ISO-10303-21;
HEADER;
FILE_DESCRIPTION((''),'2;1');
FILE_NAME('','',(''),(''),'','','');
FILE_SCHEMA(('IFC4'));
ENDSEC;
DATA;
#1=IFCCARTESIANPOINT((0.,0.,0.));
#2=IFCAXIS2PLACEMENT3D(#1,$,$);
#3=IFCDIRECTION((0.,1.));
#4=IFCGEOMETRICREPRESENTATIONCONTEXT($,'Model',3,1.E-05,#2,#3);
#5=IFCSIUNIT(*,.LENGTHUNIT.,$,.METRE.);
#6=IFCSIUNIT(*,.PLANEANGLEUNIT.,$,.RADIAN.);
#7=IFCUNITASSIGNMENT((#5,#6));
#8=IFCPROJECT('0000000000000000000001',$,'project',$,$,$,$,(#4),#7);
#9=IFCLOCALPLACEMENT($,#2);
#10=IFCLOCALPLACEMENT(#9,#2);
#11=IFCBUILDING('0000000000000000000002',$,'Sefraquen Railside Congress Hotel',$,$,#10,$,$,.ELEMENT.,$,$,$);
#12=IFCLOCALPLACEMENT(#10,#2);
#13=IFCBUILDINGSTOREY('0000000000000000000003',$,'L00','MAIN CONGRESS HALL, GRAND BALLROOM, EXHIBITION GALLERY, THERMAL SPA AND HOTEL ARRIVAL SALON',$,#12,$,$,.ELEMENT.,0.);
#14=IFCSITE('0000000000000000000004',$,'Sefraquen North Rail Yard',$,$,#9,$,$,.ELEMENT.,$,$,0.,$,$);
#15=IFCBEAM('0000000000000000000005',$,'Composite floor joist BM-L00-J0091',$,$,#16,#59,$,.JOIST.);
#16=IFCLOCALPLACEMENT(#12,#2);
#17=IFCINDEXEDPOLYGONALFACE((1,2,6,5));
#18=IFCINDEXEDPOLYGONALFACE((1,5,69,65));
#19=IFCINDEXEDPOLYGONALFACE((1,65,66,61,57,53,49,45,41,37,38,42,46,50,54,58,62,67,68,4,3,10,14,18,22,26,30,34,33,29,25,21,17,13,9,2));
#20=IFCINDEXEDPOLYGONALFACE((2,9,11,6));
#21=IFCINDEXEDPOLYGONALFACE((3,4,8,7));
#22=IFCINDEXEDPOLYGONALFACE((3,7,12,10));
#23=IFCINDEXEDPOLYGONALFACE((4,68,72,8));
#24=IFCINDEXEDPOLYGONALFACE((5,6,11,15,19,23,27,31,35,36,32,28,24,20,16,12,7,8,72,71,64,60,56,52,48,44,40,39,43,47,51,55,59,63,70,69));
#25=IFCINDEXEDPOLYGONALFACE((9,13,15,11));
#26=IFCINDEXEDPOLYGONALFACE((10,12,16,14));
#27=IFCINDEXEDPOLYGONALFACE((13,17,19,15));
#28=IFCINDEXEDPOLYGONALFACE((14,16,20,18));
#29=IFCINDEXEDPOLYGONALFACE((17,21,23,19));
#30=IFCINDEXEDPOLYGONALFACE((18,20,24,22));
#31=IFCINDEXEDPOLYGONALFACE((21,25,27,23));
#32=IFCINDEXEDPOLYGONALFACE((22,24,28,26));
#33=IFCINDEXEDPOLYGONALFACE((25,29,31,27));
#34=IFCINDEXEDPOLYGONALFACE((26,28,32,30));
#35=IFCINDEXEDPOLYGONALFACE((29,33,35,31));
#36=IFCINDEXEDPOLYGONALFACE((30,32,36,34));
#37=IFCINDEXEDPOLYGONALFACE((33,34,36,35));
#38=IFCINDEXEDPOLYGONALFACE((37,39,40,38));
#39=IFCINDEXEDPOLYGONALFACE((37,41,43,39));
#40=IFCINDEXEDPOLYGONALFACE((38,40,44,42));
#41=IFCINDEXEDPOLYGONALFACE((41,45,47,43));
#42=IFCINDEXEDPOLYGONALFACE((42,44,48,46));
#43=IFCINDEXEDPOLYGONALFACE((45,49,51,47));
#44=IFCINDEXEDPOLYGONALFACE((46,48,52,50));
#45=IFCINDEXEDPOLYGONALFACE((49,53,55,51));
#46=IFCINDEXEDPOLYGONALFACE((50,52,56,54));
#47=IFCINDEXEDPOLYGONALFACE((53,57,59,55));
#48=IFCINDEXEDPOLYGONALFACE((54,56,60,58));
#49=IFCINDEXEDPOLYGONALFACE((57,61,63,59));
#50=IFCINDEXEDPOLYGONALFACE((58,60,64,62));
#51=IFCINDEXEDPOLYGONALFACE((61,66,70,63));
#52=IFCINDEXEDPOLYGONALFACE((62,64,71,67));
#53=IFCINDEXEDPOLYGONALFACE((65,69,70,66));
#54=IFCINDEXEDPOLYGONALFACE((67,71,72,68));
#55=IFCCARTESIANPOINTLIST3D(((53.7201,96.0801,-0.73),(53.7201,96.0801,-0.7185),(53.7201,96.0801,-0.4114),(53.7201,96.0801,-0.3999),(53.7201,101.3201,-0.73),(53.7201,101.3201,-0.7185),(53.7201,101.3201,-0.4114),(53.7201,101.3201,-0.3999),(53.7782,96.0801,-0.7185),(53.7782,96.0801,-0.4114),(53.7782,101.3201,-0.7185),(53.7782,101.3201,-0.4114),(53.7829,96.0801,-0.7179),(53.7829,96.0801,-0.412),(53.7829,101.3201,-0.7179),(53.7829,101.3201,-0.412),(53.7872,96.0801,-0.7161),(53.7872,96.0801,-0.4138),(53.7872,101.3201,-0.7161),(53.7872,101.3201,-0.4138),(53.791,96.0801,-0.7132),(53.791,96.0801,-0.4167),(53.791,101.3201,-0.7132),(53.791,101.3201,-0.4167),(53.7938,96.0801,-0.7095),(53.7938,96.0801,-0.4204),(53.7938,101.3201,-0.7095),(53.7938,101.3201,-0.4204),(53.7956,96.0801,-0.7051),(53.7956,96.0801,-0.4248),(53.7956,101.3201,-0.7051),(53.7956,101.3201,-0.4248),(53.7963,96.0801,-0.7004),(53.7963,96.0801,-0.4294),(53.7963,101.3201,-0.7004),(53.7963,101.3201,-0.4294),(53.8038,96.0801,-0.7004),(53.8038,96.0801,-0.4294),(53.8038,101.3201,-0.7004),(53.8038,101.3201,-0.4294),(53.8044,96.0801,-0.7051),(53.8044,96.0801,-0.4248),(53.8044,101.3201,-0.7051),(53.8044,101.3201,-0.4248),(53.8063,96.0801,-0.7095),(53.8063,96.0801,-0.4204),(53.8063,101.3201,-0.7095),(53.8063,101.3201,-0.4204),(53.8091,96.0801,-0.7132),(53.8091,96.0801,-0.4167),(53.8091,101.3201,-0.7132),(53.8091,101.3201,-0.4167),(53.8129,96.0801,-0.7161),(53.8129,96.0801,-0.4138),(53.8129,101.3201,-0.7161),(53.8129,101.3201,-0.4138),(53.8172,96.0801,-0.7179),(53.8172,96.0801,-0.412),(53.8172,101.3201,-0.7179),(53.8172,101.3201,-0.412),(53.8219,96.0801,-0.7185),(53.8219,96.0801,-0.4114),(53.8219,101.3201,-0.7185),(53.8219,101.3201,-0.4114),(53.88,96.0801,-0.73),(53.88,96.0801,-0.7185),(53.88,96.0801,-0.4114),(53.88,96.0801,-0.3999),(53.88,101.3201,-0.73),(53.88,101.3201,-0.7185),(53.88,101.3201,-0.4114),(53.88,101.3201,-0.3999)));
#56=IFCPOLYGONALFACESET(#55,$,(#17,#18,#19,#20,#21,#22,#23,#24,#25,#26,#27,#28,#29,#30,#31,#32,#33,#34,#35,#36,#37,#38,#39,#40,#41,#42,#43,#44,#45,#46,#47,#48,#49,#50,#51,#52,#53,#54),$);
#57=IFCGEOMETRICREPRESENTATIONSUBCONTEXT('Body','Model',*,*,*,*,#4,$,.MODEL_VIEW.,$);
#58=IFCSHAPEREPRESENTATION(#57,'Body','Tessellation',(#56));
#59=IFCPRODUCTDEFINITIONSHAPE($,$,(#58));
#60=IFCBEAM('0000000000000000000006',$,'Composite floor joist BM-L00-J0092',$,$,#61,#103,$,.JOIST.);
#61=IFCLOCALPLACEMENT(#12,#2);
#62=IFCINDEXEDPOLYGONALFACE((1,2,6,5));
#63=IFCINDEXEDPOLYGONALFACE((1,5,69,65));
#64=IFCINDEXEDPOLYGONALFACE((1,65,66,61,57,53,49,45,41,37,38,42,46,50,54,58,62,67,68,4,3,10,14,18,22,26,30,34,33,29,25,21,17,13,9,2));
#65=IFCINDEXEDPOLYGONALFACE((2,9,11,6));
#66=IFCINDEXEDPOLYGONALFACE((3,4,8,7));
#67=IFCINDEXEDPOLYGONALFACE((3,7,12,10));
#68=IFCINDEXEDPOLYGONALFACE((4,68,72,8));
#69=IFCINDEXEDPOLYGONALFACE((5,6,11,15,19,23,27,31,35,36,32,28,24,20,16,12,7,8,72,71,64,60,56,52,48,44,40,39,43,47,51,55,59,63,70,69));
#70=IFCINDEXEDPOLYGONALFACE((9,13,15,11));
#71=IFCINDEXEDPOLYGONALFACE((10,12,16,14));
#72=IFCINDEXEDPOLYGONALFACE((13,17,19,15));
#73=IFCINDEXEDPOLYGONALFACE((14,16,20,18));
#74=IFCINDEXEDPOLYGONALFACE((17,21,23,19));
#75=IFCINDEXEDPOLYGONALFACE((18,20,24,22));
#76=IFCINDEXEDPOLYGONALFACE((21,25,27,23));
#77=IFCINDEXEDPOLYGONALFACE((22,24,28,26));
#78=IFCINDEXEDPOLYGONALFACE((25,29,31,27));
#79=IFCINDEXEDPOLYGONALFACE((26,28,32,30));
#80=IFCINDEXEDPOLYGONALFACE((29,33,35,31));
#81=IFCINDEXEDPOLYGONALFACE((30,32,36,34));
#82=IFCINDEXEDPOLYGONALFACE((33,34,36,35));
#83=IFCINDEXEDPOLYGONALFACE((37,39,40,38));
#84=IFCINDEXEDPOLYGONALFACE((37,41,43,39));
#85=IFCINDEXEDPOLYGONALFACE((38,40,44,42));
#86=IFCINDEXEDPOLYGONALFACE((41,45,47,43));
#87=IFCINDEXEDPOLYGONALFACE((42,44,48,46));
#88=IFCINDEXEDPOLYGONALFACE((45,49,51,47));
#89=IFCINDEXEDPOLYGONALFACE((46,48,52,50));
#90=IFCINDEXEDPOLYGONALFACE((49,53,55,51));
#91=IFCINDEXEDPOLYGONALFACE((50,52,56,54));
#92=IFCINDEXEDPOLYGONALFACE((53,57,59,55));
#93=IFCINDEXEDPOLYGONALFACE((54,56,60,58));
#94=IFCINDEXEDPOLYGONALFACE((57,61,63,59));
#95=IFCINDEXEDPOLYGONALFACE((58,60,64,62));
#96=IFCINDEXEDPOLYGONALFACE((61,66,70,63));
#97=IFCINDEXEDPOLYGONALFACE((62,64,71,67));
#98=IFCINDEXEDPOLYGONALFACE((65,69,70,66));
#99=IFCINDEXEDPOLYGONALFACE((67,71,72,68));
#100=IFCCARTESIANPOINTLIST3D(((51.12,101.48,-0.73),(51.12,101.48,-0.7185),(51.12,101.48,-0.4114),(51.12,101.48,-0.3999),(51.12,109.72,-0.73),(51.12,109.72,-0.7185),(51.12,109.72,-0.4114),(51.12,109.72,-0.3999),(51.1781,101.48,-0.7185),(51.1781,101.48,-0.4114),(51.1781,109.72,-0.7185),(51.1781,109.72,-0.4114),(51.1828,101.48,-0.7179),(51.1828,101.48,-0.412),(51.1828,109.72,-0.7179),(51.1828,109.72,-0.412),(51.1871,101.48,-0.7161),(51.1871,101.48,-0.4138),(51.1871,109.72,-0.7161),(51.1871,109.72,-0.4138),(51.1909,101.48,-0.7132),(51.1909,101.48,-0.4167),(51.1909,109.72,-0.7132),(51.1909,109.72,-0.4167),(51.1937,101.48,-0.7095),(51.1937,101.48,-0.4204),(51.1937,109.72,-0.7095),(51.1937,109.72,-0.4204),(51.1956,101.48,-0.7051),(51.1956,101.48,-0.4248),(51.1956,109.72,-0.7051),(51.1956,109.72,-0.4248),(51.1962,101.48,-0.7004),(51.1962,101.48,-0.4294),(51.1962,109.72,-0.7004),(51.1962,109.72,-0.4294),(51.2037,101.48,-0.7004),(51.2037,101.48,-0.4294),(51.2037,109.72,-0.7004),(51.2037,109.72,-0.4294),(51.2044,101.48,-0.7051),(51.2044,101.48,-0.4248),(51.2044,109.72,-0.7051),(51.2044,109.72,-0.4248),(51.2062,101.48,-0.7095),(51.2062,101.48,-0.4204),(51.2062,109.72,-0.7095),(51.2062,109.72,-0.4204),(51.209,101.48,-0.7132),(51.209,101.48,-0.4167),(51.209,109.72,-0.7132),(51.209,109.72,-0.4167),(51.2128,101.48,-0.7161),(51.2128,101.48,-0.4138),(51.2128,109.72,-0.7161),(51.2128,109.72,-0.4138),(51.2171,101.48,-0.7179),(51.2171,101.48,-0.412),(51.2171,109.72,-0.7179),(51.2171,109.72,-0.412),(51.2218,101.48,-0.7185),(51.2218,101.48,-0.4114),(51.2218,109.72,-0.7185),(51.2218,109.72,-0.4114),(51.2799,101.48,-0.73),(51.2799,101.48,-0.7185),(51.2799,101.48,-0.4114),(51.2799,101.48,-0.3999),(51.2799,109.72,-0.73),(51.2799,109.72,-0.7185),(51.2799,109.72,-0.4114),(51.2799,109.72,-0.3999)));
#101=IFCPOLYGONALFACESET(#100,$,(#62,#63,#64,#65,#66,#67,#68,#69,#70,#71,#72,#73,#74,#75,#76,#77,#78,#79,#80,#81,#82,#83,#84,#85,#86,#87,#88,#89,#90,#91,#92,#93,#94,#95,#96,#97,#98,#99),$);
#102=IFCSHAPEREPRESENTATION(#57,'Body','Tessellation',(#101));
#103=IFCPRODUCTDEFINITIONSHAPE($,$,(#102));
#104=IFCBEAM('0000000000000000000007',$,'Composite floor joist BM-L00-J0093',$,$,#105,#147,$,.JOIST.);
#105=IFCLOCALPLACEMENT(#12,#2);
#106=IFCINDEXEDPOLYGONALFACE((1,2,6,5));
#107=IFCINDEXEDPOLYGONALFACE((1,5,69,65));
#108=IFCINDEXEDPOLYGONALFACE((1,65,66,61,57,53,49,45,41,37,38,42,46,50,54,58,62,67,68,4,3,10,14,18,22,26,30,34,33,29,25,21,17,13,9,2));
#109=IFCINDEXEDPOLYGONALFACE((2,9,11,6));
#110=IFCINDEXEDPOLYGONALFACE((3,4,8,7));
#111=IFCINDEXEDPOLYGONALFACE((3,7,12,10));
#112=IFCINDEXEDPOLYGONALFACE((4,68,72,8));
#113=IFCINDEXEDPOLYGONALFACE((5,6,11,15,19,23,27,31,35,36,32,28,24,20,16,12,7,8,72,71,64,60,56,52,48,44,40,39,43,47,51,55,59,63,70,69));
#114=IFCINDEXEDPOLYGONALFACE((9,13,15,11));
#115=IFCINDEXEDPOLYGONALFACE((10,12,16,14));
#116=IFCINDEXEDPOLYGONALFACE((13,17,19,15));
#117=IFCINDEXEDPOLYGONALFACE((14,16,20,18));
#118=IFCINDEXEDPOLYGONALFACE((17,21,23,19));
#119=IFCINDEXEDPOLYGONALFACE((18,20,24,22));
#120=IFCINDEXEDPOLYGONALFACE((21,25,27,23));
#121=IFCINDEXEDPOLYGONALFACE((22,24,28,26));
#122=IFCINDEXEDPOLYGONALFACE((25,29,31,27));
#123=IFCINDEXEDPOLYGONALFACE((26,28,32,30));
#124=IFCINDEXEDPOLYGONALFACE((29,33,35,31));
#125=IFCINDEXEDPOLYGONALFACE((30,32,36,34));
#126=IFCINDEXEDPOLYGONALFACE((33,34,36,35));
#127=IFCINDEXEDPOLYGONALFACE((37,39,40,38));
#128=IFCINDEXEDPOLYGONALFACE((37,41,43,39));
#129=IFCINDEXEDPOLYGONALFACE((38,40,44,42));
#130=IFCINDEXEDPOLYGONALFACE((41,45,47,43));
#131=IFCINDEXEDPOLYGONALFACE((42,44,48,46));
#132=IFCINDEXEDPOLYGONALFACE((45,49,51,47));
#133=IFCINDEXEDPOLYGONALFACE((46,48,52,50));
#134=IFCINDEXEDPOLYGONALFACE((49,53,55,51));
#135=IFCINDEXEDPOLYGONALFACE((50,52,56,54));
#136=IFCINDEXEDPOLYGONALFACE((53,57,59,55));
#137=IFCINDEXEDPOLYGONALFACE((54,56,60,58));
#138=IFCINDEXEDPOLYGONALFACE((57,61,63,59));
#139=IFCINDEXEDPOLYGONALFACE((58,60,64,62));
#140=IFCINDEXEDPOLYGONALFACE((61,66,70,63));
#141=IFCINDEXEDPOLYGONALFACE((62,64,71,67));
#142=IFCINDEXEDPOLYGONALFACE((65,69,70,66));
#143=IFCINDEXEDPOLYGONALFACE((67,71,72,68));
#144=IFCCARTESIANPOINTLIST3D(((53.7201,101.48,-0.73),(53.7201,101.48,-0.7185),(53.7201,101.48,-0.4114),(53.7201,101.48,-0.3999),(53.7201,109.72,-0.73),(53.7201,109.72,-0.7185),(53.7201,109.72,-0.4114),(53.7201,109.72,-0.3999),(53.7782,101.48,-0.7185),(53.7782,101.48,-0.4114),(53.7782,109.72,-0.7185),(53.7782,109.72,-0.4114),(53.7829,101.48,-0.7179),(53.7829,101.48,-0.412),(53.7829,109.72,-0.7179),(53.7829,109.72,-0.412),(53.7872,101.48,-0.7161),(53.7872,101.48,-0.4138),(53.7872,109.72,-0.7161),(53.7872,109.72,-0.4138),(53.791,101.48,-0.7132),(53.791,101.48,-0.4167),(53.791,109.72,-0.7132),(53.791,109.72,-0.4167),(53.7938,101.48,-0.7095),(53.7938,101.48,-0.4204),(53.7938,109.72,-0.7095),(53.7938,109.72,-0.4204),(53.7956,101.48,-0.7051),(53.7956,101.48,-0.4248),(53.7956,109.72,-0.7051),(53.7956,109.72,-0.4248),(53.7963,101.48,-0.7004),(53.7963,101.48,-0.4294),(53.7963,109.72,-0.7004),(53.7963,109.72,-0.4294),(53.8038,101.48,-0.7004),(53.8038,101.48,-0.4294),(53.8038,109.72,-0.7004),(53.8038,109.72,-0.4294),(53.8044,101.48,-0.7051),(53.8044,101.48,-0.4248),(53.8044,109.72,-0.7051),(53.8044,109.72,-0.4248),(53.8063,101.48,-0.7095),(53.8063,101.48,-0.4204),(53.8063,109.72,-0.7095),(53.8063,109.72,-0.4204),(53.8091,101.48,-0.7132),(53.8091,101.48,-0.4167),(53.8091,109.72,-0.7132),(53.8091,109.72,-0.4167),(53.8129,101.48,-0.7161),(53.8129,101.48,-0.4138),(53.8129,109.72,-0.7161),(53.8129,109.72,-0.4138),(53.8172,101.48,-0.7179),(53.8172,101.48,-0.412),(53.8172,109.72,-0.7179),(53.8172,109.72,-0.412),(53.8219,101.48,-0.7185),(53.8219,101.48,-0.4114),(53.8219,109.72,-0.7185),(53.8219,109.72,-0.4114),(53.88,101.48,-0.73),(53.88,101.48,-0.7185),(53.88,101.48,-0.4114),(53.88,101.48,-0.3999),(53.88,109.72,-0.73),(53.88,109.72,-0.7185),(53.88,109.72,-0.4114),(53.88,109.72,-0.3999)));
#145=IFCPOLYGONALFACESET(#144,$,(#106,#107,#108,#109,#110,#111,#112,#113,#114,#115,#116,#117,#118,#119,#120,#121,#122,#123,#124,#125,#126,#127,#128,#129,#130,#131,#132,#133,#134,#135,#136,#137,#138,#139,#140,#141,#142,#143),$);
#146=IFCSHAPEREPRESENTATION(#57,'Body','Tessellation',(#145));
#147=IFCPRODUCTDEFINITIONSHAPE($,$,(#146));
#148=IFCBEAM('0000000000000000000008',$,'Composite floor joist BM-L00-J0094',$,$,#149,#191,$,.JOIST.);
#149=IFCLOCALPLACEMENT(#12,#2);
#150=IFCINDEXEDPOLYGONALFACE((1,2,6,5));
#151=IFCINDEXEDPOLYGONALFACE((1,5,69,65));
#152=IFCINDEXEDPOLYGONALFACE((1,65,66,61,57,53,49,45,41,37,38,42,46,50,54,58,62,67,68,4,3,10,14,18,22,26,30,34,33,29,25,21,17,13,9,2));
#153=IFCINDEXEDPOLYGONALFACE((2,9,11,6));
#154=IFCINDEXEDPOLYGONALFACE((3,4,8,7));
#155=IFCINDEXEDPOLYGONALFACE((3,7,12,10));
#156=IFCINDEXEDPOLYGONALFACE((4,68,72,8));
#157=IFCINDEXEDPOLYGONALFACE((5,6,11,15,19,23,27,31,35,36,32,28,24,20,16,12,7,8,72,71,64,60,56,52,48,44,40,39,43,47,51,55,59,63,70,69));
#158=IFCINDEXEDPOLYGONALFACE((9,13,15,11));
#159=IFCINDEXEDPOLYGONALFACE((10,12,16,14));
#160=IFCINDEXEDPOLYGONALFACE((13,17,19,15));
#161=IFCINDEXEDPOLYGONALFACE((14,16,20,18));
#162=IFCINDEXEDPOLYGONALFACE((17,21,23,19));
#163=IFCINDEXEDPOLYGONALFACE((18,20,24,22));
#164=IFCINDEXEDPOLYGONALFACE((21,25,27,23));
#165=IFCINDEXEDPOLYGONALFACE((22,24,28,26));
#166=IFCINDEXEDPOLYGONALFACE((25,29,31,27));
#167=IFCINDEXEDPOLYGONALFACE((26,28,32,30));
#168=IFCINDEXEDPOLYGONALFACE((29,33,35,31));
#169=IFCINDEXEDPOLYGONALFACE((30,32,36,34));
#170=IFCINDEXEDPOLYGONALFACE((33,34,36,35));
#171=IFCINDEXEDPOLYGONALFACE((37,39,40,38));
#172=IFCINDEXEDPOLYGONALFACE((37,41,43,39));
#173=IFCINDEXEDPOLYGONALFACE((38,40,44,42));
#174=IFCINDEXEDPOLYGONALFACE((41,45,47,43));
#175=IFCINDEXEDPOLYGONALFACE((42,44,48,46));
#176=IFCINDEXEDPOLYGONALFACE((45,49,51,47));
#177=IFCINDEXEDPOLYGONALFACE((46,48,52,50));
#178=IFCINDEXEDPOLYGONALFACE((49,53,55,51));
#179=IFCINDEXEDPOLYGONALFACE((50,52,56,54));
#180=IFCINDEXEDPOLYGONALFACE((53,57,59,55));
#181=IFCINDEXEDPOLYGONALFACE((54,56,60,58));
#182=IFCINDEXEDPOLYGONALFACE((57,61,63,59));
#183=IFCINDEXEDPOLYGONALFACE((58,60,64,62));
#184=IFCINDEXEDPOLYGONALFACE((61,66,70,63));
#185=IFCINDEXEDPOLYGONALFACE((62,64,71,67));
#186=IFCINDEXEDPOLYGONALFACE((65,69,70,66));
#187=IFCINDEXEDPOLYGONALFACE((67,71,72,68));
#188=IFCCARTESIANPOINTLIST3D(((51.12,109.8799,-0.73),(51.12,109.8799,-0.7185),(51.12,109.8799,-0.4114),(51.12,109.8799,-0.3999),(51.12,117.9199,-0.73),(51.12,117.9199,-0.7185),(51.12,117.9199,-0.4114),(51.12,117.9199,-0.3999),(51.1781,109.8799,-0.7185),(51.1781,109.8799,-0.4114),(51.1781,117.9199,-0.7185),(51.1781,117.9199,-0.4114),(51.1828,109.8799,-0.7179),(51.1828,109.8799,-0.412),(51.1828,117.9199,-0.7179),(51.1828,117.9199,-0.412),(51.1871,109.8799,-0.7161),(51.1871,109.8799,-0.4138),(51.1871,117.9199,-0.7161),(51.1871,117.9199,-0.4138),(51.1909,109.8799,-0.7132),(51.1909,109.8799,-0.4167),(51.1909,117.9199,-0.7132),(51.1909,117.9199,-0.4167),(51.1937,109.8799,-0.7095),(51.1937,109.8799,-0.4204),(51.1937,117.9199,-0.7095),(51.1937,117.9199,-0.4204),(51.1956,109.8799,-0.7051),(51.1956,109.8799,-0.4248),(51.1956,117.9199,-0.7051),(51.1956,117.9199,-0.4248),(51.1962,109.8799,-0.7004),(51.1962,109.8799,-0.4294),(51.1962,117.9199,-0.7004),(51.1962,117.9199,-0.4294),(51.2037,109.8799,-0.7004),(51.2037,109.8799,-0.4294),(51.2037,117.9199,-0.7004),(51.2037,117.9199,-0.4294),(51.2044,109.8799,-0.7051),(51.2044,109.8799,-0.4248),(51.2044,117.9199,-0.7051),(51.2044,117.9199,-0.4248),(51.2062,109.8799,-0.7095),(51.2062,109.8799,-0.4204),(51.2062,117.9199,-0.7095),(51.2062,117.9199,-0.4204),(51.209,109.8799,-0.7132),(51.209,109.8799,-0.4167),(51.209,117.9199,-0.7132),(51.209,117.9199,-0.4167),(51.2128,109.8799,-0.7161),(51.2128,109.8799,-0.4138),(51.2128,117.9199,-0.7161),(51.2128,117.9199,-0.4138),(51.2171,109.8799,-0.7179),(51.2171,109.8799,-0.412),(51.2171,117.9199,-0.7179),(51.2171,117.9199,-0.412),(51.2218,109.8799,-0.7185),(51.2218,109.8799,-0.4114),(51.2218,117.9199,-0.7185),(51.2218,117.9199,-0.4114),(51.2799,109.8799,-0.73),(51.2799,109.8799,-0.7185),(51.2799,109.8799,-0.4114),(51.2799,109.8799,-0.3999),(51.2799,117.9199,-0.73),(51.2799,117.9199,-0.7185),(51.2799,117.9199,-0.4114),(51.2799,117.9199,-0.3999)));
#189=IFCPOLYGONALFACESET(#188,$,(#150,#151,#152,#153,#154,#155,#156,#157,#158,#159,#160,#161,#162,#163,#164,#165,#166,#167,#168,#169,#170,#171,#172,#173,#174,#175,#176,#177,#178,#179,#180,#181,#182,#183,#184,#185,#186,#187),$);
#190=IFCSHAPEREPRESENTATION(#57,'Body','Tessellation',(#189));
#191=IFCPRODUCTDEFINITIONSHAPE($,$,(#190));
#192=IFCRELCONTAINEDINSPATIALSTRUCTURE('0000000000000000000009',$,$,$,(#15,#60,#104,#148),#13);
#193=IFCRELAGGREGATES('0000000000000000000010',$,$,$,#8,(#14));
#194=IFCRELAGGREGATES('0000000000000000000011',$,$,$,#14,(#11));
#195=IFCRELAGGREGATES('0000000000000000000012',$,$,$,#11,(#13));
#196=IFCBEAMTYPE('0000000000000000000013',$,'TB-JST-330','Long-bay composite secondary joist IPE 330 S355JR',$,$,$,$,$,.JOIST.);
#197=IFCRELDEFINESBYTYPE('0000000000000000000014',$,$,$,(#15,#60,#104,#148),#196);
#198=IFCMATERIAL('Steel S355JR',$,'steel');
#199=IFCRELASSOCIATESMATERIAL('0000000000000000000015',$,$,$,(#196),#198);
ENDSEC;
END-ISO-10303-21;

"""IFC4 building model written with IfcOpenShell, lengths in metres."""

from ifc_helpers import new_model, si_unit, direction, frame, origin, origin_2d, place, context, subcontext, project, spatial, i_section, extrude, material, material_profile, profile_set, type_object, element, save


model = new_model("IFC4")

# Units and contexts
model_context = context("Model", 3, precision=1e-05, world=origin(), true_north=direction((0.0, 1.0)))
body_context = subcontext(model_context, "Body", "Model", "MODEL_VIEW")
ifc_project = project(units=[si_unit("LENGTHUNIT", "METRE"), si_unit("PLANEANGLEUNIT", "RADIAN")], contexts=[model_context])

# Site, building, storey
site_placement = place(None, origin())
site = spatial("IfcSite", under=ifc_project, at=site_placement, Name="Sefraquen North Rail Yard", CompositionType="ELEMENT", RefElevation=0.0)
building_placement = place(site_placement, origin())
building = spatial("IfcBuilding", under=site, at=building_placement, Name="Sefraquen Railside Congress Hotel", CompositionType="ELEMENT")
storey_placement = place(building_placement, origin())
storey = spatial("IfcBuildingStorey", under=building, at=storey_placement, Name="L00", Description="MAIN CONGRESS HALL, GRAND BALLROOM, EXHIBITION GALLERY, THERMAL SPA AND HOTEL ARRIVAL SALON", CompositionType="ELEMENT", Elevation=0.0)

# Shared definitions
ifc_material_1 = material(Name="Steel S355JR", Category="steel")

# Beams
ifc_material_profile_1 = material_profile(ifc_material_1, i_section(OverallWidth=0.1599, OverallDepth=0.3301, WebThickness=0.0076, FlangeThickness=0.0115, FilletRadius=0.0181, at=origin_2d()), Name="IPE 330")
ifc_profile_set_1 = profile_set([ifc_material_profile_1], Name="Steel S355JR")
beam_type_1 = type_object("IfcBeamType", Name="TB-JST-330", Description="Long-bay composite secondary joist IPE 330 S355JR", PredefinedType="JOIST", material=ifc_profile_set_1)
for number, where, z_axis, x_axis, name in (
    (1, (53.8, 96.0801, -0.5649), (0.0, 1.0, 0.0), (-1.0, 0.0, 0.0), "Composite floor joist BM-L00-J0091"),
):
    element("IfcBeam", number, at=place(storey_placement, frame(where, z_axis=z_axis, x_axis=x_axis)), inside=storey, type_object=beam_type_1, Name=name, PredefinedType="JOIST", context=body_context, shape_type="SweptSolid", body=[
        extrude(i_section(OverallWidth=0.1599, OverallDepth=0.3301, WebThickness=0.0076, FlangeThickness=0.0115, FilletRadius=0.0181, at=origin_2d()), origin(), (0.0, 0.0, 1.0), 5.24),
    ])
for number, where, z_axis, x_axis, name in (
    (2, (51.2, 101.48, -0.5649), (0.0, 1.0, 0.0), (-1.0, 0.0, 0.0), "Composite floor joist BM-L00-J0092"),
    (3, (53.8, 101.48, -0.5649), (0.0, 1.0, 0.0), (-1.0, 0.0, 0.0), "Composite floor joist BM-L00-J0093"),
):
    element("IfcBeam", number, at=place(storey_placement, frame(where, z_axis=z_axis, x_axis=x_axis)), inside=storey, type_object=beam_type_1, Name=name, PredefinedType="JOIST", context=body_context, shape_type="SweptSolid", body=[
        extrude(i_section(OverallWidth=0.1599, OverallDepth=0.3301, WebThickness=0.0076, FlangeThickness=0.0115, FilletRadius=0.0181, at=origin_2d()), origin(), (0.0, 0.0, 1.0), 8.24),
    ])
for number, where, z_axis, x_axis, name in (
    (4, (51.2, 109.8799, -0.5649), (0.0, 1.0, 0.0), (-1.0, 0.0, 0.0), "Composite floor joist BM-L00-J0094"),
):
    element("IfcBeam", number, at=place(storey_placement, frame(where, z_axis=z_axis, x_axis=x_axis)), inside=storey, type_object=beam_type_1, Name=name, PredefinedType="JOIST", context=body_context, shape_type="SweptSolid", body=[
        extrude(i_section(OverallWidth=0.1599, OverallDepth=0.3301, WebThickness=0.0076, FlangeThickness=0.0115, FilletRadius=0.0181, at=origin_2d()), origin(), (0.0, 0.0, 1.0), 8.04),
    ])

save(model, "model.ifc")
